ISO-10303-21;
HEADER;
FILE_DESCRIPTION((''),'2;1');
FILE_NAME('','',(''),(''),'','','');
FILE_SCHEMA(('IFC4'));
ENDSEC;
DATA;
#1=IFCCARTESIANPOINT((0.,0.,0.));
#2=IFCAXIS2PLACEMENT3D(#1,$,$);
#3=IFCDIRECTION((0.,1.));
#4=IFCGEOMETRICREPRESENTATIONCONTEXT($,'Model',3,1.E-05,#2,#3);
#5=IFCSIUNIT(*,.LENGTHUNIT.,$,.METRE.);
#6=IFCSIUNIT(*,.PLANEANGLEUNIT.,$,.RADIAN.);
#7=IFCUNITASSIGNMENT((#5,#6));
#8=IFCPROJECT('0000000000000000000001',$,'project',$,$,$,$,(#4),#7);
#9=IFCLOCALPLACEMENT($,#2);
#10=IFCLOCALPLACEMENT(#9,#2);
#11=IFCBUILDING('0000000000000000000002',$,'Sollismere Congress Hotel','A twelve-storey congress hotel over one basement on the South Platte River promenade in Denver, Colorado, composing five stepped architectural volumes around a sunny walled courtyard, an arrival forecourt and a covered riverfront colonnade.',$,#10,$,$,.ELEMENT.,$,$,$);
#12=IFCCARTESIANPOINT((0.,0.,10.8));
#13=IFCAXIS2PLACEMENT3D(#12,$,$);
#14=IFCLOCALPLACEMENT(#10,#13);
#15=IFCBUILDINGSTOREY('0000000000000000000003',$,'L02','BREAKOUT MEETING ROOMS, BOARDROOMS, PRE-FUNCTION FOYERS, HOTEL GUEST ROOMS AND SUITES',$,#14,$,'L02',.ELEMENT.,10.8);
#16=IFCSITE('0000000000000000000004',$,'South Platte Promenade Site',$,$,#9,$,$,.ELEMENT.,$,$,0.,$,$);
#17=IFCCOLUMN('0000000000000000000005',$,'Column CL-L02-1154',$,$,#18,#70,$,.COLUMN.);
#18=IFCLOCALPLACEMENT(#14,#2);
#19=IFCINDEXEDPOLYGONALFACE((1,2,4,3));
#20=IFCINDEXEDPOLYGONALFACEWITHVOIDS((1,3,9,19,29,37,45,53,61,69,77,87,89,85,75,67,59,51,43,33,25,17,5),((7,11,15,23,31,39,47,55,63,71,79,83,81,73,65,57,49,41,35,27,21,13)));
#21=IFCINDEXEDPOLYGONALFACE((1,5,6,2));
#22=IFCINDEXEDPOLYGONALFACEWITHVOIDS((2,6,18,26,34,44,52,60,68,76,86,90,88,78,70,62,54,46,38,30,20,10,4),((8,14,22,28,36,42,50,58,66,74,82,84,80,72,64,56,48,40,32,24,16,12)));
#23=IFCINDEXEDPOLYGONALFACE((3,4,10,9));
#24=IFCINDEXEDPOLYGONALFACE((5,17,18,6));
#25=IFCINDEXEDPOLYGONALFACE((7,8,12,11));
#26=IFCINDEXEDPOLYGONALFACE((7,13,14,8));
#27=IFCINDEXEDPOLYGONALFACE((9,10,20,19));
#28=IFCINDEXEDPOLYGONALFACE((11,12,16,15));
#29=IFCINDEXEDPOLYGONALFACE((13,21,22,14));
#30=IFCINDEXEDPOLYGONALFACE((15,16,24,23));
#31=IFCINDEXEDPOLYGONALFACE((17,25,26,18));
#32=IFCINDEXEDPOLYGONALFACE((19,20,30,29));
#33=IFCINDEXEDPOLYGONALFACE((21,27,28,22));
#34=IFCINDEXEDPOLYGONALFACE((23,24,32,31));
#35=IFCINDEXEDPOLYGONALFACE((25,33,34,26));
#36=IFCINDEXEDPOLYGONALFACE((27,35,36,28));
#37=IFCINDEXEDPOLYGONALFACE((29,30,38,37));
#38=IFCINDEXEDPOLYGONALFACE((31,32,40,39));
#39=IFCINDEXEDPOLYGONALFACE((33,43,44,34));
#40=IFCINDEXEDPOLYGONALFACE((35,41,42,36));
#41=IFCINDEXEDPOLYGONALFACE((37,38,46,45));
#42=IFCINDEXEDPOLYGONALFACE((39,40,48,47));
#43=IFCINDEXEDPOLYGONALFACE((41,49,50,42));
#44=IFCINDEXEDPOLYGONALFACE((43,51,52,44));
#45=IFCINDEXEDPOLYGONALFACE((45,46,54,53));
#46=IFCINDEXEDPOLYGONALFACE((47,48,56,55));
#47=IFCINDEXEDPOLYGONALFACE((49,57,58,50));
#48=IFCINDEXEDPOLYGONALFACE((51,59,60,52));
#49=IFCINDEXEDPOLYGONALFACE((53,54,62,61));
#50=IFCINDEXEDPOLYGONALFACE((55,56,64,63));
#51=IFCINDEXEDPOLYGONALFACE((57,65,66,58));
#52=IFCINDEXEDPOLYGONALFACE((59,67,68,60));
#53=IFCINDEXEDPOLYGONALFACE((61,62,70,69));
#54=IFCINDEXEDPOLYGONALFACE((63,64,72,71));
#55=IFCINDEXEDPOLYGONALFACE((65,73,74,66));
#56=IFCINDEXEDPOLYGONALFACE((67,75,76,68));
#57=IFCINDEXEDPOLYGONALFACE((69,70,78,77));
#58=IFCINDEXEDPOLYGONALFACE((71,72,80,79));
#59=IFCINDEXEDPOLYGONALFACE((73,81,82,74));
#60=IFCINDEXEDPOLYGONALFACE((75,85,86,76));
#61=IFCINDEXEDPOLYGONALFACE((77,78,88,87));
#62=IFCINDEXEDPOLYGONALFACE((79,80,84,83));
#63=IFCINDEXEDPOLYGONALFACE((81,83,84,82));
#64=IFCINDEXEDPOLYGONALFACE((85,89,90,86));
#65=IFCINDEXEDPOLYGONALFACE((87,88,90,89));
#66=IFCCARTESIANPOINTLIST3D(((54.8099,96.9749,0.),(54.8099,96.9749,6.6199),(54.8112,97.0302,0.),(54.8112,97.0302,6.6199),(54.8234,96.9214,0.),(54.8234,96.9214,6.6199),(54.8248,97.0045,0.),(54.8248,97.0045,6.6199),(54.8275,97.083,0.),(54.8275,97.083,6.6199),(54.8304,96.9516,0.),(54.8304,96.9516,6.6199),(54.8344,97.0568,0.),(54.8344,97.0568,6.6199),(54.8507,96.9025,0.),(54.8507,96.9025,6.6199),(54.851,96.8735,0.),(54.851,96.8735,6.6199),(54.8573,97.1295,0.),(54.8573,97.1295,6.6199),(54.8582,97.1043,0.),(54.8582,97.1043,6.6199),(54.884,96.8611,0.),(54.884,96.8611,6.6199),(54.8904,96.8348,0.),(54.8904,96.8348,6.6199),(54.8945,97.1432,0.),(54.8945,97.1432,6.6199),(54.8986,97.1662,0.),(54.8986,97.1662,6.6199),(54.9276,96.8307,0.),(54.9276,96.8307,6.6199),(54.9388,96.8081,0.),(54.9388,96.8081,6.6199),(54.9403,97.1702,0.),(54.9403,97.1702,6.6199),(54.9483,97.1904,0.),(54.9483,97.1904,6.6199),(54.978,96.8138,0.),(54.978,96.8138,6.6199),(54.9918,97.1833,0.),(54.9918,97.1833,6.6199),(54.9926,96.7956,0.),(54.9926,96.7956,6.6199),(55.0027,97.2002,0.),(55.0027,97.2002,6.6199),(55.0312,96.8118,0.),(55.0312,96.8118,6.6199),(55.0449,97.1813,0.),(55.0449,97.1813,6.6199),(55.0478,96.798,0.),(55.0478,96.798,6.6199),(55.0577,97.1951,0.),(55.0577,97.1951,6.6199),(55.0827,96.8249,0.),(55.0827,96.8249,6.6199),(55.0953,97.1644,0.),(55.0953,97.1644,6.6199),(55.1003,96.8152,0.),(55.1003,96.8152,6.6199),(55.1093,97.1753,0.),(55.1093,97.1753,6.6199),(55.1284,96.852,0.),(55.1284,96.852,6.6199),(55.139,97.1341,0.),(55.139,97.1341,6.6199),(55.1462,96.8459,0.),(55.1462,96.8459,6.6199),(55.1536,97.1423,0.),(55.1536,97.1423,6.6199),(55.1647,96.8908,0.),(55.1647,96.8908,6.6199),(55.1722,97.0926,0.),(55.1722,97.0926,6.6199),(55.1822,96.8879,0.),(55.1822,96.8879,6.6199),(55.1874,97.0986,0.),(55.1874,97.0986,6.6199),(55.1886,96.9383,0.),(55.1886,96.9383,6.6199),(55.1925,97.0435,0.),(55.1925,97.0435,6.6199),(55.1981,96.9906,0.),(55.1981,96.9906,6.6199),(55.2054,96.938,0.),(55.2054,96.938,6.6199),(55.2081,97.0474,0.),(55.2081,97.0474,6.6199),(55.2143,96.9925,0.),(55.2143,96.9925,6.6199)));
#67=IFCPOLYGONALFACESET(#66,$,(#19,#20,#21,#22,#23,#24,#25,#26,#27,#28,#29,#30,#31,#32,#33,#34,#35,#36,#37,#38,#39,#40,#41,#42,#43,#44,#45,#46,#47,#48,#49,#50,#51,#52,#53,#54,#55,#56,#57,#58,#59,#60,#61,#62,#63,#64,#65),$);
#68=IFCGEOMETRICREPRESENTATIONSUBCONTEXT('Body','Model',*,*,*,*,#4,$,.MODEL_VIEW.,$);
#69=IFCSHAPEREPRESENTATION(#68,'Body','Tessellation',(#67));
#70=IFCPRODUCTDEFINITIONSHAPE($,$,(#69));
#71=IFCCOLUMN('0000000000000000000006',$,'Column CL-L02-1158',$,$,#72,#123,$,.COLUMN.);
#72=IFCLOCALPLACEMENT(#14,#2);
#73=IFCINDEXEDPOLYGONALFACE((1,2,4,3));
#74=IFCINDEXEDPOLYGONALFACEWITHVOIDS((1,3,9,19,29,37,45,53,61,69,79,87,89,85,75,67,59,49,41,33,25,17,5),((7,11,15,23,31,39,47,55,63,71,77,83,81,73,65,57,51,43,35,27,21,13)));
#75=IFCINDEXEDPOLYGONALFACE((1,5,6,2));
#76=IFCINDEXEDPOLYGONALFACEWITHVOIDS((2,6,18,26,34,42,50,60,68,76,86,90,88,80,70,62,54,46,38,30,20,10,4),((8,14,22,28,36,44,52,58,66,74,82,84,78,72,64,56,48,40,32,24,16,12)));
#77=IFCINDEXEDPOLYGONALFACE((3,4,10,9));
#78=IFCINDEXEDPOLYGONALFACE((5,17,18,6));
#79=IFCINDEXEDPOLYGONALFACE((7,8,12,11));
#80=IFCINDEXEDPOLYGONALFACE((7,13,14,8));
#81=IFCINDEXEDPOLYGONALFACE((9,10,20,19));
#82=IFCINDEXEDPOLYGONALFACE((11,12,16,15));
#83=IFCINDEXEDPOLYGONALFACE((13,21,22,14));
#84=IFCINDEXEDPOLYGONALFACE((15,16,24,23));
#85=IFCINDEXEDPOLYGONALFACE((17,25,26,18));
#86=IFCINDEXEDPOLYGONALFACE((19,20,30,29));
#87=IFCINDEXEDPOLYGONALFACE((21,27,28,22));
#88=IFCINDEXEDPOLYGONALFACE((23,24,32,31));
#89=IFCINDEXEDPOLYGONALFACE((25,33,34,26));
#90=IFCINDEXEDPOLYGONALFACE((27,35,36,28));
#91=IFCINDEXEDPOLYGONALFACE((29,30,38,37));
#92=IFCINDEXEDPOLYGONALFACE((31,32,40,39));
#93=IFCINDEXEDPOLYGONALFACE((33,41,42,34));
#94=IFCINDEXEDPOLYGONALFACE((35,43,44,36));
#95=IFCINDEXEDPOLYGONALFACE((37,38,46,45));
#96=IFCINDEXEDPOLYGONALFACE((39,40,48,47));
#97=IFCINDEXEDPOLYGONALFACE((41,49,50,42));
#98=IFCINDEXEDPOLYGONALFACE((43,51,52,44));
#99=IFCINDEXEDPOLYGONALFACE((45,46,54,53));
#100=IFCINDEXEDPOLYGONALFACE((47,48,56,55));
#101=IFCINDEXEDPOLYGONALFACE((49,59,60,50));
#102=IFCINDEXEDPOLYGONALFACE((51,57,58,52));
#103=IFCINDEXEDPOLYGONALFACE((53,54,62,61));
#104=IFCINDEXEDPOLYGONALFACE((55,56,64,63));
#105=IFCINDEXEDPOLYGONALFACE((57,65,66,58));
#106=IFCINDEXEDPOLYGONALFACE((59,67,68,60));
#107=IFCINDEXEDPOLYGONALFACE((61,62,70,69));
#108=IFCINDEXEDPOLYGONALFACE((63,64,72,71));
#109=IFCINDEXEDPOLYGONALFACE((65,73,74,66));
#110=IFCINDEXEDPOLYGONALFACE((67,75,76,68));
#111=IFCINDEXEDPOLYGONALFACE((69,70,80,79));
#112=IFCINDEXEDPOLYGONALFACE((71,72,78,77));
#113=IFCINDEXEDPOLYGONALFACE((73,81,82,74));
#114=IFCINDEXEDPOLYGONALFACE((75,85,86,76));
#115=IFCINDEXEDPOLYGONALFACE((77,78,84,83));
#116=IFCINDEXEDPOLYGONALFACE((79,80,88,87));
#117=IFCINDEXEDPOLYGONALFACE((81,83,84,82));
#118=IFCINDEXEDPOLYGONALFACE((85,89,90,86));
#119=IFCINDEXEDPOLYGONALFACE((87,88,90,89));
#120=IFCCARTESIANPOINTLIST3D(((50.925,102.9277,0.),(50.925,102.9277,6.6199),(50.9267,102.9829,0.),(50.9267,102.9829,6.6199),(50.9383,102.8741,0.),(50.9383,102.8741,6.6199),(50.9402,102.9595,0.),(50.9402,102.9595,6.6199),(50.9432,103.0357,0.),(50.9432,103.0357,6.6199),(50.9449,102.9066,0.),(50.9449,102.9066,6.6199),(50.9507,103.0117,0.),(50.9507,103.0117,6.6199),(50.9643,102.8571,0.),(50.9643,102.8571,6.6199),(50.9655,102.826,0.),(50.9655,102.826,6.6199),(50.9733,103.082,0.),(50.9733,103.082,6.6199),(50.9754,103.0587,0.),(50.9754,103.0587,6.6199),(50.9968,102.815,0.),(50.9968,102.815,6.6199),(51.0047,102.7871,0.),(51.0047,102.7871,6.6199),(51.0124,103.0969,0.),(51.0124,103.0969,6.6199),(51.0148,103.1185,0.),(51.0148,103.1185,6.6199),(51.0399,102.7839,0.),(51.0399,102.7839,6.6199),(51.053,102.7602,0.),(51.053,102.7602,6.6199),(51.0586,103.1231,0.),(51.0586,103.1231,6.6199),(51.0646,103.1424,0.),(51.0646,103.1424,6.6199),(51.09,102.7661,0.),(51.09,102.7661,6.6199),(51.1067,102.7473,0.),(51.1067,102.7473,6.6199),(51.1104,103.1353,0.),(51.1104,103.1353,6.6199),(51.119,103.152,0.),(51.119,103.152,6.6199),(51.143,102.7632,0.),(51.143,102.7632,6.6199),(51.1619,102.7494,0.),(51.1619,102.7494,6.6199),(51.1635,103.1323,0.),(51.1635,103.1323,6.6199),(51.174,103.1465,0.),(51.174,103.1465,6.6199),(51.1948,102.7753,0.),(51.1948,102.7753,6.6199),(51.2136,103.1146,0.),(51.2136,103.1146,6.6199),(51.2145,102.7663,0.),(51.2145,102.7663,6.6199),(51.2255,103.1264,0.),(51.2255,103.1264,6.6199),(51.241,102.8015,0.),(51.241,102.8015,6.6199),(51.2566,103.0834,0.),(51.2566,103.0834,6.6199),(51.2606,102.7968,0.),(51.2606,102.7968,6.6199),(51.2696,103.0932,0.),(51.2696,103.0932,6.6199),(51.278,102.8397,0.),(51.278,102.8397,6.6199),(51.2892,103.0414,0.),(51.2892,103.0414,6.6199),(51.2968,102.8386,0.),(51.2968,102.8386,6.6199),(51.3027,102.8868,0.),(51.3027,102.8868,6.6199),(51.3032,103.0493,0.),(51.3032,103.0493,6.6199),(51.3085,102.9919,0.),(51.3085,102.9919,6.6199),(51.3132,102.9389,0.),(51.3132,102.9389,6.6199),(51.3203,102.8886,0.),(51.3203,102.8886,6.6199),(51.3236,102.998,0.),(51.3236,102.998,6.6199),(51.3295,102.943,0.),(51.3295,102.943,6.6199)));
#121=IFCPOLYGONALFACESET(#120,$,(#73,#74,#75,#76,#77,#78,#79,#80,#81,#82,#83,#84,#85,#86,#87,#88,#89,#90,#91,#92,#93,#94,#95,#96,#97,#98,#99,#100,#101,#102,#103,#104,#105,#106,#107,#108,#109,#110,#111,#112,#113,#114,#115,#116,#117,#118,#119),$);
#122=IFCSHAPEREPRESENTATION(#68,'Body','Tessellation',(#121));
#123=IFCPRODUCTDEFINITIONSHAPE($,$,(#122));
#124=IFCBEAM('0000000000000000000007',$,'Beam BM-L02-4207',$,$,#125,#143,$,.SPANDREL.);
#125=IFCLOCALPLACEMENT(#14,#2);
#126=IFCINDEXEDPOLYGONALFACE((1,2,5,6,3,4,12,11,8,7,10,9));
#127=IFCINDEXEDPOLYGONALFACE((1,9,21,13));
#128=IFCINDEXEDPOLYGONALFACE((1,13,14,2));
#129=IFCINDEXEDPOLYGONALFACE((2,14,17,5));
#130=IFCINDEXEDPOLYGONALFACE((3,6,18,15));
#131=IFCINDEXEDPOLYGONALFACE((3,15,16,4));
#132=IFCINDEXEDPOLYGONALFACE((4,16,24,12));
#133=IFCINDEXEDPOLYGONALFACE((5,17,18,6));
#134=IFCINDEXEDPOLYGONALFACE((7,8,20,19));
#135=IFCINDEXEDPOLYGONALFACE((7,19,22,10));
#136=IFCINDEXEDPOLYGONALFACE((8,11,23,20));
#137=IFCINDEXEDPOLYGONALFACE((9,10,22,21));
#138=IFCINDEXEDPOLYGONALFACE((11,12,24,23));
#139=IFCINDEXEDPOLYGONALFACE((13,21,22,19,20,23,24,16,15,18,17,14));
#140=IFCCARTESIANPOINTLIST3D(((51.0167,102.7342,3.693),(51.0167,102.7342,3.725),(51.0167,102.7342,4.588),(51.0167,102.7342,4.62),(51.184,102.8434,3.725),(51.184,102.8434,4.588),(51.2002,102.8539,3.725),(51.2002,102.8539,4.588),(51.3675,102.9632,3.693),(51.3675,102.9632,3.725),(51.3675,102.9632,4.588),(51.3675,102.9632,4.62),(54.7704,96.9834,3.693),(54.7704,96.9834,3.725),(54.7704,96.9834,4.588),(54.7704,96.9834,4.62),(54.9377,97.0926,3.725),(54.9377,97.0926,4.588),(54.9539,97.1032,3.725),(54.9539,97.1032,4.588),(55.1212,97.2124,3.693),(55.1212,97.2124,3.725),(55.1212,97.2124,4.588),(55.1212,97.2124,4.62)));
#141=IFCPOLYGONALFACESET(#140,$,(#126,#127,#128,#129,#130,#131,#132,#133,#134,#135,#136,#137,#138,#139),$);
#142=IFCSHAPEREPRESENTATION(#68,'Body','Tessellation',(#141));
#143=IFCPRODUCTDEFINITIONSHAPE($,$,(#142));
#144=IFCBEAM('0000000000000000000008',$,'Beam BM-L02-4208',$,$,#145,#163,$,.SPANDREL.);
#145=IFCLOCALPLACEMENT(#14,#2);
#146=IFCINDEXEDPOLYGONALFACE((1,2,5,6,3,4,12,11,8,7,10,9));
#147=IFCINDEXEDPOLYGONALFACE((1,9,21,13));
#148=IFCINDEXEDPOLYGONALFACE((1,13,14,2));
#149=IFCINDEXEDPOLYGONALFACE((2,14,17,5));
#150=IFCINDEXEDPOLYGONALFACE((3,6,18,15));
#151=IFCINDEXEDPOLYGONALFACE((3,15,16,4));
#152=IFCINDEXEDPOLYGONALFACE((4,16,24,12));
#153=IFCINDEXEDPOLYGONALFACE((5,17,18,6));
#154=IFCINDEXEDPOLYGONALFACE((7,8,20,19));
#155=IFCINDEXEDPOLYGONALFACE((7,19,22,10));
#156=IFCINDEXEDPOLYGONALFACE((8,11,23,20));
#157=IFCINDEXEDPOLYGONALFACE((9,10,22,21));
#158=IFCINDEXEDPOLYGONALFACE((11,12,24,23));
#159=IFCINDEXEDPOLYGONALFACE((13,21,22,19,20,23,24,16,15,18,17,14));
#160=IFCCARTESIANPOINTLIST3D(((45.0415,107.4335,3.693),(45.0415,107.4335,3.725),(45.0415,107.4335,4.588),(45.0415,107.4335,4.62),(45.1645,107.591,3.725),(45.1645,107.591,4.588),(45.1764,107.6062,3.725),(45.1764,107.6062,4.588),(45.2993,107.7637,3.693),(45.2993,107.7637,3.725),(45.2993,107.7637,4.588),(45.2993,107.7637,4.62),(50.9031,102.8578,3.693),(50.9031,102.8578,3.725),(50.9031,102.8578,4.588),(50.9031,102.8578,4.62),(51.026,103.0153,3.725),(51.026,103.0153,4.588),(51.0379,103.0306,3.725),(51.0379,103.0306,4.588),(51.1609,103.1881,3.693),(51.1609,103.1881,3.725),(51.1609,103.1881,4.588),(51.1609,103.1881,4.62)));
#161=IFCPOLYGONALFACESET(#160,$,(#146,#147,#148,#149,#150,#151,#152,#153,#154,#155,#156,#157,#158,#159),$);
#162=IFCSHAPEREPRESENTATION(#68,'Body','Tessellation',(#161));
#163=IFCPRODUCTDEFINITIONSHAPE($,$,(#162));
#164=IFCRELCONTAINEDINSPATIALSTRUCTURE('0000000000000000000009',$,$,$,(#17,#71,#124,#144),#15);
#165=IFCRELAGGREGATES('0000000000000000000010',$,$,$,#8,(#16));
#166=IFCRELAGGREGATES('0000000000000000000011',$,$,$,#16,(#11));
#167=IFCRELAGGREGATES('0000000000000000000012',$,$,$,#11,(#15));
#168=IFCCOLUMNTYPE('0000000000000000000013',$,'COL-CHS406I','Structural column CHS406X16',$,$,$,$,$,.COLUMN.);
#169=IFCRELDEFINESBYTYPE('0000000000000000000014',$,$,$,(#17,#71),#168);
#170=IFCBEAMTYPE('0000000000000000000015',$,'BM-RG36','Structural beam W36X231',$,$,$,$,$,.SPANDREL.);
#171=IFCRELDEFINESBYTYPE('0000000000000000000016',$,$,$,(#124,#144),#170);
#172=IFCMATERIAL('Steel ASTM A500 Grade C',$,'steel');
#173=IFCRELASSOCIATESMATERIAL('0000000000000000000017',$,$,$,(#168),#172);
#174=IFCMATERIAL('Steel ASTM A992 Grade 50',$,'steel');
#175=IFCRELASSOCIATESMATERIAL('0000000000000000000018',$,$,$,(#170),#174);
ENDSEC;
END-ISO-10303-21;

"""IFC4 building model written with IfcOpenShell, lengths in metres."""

from ifc_helpers import new_model, si_unit, direction, frame, origin, origin_2d, place, context, subcontext, project, spatial, hollow_circle, i_section, extrude, material, material_profile, profile_set, type_object, element, save


model = new_model("IFC4")

# Units and contexts
model_context = context("Model", 3, precision=1e-05, world=origin(), true_north=direction((0.0, 1.0)))
body_context = subcontext(model_context, "Body", "Model", "MODEL_VIEW")
ifc_project = project(units=[si_unit("LENGTHUNIT", "METRE"), si_unit("PLANEANGLEUNIT", "RADIAN")], contexts=[model_context])

# Site, building, storey
site_placement = place(None, origin())
site = spatial("IfcSite", under=ifc_project, at=site_placement, Name="South Platte Promenade Site", CompositionType="ELEMENT", RefElevation=0.0)
building_placement = place(site_placement, origin())
building = spatial("IfcBuilding", under=site, at=building_placement, Name="Sollismere Congress Hotel", Description="A twelve-storey congress hotel over one basement on the South Platte River promenade in Denver, Colorado, composing five stepped architectural volumes around a sunny walled courtyard, an arrival forecourt and a covered riverfront colonnade.", CompositionType="ELEMENT")
storey_placement = place(building_placement, frame((0.0, 0.0, 10.8)))
storey = spatial("IfcBuildingStorey", under=building, at=storey_placement, Name="L02", Description="BREAKOUT MEETING ROOMS, BOARDROOMS, PRE-FUNCTION FOYERS, HOTEL GUEST ROOMS AND SUITES", LongName="L02", CompositionType="ELEMENT", Elevation=10.8)

# Columns
ifc_material_1 = material(Name="Steel ASTM A500 Grade C", Category="steel")
ifc_material_profile_1 = material_profile(ifc_material_1, hollow_circle(Radius=0.2029, WallThickness=0.0161, at=origin_2d()), Name="CHS406X16")
ifc_profile_set_1 = profile_set([ifc_material_profile_1], Name="Steel ASTM A500 Grade C")
column_type = type_object("IfcColumnType", Name="COL-CHS406I", Description="Structural column CHS406X16", PredefinedType="COLUMN", material=ifc_profile_set_1)
for number, where, z_axis, x_axis, name in (
    (1, (55.0115, 96.9976, 0.0), (0.0, 0.0, 1.0), (0.969317, 0.245815, 0.0), "Column CL-L02-1154"),
    (2, (51.1267, 102.9492, 0.0), (0.0, 0.0, 1.0), (0.86984, 0.493335, 0.0), "Column CL-L02-1158"),
):
    element("IfcColumn", number, at=place(storey_placement, frame(where, z_axis=z_axis, x_axis=x_axis)), inside=storey, type_object=column_type, Name=name, PredefinedType="COLUMN", context=body_context, shape_type="SweptSolid", body=[
        extrude(hollow_circle(Radius=0.2029, WallThickness=0.0161, at=origin_2d()), origin(), (0.0, 0.0, 1.0), 6.6199),
    ])

# Beams
ifc_material_2 = material(Name="Steel ASTM A992 Grade 50", Category="steel")
ifc_material_profile_2 = material_profile(ifc_material_2, i_section(OverallWidth=0.4189, OverallDepth=0.927, WebThickness=0.0193, FlangeThickness=0.032, at=origin_2d()), Name="W36X231")
ifc_profile_set_2 = profile_set([ifc_material_profile_2], Name="Steel ASTM A992 Grade 50")
beam_type = type_object("IfcBeamType", Name="BM-RG36", Description="Structural beam W36X231", PredefinedType="SPANDREL", material=ifc_profile_set_2)
beam_1_placement = place(storey_placement, frame((54.9458, 97.0979, 4.1565), z_axis=(-0.546593, 0.837398, 0.0), x_axis=(-0.837398, -0.546593, 0.0)))
element("IfcBeam", 3, at=beam_1_placement, inside=storey, type_object=beam_type, Name="Beam BM-L02-4207", PredefinedType="SPANDREL", context=body_context, shape_type="SweptSolid", body=[
    extrude(i_section(OverallWidth=0.4189, OverallDepth=0.927, WebThickness=0.0193, FlangeThickness=0.032, at=origin_2d()), origin(), (0.0, 0.0, 1.0), 6.8674),
])
beam_2_placement = place(storey_placement, frame((51.032, 103.0229, 4.1565), z_axis=(-0.788264, 0.615338, 0.0), x_axis=(-0.615338, -0.788264, 0.0)))
element("IfcBeam", 4, at=beam_2_placement, inside=storey, type_object=beam_type, Name="Beam BM-L02-4208", PredefinedType="SPANDREL", context=body_context, shape_type="SweptSolid", body=[
    extrude(i_section(OverallWidth=0.4189, OverallDepth=0.927, WebThickness=0.0193, FlangeThickness=0.032, at=origin_2d()), origin(), (0.0, 0.0, 1.0), 7.436),
])

save(model, "model.ifc")
